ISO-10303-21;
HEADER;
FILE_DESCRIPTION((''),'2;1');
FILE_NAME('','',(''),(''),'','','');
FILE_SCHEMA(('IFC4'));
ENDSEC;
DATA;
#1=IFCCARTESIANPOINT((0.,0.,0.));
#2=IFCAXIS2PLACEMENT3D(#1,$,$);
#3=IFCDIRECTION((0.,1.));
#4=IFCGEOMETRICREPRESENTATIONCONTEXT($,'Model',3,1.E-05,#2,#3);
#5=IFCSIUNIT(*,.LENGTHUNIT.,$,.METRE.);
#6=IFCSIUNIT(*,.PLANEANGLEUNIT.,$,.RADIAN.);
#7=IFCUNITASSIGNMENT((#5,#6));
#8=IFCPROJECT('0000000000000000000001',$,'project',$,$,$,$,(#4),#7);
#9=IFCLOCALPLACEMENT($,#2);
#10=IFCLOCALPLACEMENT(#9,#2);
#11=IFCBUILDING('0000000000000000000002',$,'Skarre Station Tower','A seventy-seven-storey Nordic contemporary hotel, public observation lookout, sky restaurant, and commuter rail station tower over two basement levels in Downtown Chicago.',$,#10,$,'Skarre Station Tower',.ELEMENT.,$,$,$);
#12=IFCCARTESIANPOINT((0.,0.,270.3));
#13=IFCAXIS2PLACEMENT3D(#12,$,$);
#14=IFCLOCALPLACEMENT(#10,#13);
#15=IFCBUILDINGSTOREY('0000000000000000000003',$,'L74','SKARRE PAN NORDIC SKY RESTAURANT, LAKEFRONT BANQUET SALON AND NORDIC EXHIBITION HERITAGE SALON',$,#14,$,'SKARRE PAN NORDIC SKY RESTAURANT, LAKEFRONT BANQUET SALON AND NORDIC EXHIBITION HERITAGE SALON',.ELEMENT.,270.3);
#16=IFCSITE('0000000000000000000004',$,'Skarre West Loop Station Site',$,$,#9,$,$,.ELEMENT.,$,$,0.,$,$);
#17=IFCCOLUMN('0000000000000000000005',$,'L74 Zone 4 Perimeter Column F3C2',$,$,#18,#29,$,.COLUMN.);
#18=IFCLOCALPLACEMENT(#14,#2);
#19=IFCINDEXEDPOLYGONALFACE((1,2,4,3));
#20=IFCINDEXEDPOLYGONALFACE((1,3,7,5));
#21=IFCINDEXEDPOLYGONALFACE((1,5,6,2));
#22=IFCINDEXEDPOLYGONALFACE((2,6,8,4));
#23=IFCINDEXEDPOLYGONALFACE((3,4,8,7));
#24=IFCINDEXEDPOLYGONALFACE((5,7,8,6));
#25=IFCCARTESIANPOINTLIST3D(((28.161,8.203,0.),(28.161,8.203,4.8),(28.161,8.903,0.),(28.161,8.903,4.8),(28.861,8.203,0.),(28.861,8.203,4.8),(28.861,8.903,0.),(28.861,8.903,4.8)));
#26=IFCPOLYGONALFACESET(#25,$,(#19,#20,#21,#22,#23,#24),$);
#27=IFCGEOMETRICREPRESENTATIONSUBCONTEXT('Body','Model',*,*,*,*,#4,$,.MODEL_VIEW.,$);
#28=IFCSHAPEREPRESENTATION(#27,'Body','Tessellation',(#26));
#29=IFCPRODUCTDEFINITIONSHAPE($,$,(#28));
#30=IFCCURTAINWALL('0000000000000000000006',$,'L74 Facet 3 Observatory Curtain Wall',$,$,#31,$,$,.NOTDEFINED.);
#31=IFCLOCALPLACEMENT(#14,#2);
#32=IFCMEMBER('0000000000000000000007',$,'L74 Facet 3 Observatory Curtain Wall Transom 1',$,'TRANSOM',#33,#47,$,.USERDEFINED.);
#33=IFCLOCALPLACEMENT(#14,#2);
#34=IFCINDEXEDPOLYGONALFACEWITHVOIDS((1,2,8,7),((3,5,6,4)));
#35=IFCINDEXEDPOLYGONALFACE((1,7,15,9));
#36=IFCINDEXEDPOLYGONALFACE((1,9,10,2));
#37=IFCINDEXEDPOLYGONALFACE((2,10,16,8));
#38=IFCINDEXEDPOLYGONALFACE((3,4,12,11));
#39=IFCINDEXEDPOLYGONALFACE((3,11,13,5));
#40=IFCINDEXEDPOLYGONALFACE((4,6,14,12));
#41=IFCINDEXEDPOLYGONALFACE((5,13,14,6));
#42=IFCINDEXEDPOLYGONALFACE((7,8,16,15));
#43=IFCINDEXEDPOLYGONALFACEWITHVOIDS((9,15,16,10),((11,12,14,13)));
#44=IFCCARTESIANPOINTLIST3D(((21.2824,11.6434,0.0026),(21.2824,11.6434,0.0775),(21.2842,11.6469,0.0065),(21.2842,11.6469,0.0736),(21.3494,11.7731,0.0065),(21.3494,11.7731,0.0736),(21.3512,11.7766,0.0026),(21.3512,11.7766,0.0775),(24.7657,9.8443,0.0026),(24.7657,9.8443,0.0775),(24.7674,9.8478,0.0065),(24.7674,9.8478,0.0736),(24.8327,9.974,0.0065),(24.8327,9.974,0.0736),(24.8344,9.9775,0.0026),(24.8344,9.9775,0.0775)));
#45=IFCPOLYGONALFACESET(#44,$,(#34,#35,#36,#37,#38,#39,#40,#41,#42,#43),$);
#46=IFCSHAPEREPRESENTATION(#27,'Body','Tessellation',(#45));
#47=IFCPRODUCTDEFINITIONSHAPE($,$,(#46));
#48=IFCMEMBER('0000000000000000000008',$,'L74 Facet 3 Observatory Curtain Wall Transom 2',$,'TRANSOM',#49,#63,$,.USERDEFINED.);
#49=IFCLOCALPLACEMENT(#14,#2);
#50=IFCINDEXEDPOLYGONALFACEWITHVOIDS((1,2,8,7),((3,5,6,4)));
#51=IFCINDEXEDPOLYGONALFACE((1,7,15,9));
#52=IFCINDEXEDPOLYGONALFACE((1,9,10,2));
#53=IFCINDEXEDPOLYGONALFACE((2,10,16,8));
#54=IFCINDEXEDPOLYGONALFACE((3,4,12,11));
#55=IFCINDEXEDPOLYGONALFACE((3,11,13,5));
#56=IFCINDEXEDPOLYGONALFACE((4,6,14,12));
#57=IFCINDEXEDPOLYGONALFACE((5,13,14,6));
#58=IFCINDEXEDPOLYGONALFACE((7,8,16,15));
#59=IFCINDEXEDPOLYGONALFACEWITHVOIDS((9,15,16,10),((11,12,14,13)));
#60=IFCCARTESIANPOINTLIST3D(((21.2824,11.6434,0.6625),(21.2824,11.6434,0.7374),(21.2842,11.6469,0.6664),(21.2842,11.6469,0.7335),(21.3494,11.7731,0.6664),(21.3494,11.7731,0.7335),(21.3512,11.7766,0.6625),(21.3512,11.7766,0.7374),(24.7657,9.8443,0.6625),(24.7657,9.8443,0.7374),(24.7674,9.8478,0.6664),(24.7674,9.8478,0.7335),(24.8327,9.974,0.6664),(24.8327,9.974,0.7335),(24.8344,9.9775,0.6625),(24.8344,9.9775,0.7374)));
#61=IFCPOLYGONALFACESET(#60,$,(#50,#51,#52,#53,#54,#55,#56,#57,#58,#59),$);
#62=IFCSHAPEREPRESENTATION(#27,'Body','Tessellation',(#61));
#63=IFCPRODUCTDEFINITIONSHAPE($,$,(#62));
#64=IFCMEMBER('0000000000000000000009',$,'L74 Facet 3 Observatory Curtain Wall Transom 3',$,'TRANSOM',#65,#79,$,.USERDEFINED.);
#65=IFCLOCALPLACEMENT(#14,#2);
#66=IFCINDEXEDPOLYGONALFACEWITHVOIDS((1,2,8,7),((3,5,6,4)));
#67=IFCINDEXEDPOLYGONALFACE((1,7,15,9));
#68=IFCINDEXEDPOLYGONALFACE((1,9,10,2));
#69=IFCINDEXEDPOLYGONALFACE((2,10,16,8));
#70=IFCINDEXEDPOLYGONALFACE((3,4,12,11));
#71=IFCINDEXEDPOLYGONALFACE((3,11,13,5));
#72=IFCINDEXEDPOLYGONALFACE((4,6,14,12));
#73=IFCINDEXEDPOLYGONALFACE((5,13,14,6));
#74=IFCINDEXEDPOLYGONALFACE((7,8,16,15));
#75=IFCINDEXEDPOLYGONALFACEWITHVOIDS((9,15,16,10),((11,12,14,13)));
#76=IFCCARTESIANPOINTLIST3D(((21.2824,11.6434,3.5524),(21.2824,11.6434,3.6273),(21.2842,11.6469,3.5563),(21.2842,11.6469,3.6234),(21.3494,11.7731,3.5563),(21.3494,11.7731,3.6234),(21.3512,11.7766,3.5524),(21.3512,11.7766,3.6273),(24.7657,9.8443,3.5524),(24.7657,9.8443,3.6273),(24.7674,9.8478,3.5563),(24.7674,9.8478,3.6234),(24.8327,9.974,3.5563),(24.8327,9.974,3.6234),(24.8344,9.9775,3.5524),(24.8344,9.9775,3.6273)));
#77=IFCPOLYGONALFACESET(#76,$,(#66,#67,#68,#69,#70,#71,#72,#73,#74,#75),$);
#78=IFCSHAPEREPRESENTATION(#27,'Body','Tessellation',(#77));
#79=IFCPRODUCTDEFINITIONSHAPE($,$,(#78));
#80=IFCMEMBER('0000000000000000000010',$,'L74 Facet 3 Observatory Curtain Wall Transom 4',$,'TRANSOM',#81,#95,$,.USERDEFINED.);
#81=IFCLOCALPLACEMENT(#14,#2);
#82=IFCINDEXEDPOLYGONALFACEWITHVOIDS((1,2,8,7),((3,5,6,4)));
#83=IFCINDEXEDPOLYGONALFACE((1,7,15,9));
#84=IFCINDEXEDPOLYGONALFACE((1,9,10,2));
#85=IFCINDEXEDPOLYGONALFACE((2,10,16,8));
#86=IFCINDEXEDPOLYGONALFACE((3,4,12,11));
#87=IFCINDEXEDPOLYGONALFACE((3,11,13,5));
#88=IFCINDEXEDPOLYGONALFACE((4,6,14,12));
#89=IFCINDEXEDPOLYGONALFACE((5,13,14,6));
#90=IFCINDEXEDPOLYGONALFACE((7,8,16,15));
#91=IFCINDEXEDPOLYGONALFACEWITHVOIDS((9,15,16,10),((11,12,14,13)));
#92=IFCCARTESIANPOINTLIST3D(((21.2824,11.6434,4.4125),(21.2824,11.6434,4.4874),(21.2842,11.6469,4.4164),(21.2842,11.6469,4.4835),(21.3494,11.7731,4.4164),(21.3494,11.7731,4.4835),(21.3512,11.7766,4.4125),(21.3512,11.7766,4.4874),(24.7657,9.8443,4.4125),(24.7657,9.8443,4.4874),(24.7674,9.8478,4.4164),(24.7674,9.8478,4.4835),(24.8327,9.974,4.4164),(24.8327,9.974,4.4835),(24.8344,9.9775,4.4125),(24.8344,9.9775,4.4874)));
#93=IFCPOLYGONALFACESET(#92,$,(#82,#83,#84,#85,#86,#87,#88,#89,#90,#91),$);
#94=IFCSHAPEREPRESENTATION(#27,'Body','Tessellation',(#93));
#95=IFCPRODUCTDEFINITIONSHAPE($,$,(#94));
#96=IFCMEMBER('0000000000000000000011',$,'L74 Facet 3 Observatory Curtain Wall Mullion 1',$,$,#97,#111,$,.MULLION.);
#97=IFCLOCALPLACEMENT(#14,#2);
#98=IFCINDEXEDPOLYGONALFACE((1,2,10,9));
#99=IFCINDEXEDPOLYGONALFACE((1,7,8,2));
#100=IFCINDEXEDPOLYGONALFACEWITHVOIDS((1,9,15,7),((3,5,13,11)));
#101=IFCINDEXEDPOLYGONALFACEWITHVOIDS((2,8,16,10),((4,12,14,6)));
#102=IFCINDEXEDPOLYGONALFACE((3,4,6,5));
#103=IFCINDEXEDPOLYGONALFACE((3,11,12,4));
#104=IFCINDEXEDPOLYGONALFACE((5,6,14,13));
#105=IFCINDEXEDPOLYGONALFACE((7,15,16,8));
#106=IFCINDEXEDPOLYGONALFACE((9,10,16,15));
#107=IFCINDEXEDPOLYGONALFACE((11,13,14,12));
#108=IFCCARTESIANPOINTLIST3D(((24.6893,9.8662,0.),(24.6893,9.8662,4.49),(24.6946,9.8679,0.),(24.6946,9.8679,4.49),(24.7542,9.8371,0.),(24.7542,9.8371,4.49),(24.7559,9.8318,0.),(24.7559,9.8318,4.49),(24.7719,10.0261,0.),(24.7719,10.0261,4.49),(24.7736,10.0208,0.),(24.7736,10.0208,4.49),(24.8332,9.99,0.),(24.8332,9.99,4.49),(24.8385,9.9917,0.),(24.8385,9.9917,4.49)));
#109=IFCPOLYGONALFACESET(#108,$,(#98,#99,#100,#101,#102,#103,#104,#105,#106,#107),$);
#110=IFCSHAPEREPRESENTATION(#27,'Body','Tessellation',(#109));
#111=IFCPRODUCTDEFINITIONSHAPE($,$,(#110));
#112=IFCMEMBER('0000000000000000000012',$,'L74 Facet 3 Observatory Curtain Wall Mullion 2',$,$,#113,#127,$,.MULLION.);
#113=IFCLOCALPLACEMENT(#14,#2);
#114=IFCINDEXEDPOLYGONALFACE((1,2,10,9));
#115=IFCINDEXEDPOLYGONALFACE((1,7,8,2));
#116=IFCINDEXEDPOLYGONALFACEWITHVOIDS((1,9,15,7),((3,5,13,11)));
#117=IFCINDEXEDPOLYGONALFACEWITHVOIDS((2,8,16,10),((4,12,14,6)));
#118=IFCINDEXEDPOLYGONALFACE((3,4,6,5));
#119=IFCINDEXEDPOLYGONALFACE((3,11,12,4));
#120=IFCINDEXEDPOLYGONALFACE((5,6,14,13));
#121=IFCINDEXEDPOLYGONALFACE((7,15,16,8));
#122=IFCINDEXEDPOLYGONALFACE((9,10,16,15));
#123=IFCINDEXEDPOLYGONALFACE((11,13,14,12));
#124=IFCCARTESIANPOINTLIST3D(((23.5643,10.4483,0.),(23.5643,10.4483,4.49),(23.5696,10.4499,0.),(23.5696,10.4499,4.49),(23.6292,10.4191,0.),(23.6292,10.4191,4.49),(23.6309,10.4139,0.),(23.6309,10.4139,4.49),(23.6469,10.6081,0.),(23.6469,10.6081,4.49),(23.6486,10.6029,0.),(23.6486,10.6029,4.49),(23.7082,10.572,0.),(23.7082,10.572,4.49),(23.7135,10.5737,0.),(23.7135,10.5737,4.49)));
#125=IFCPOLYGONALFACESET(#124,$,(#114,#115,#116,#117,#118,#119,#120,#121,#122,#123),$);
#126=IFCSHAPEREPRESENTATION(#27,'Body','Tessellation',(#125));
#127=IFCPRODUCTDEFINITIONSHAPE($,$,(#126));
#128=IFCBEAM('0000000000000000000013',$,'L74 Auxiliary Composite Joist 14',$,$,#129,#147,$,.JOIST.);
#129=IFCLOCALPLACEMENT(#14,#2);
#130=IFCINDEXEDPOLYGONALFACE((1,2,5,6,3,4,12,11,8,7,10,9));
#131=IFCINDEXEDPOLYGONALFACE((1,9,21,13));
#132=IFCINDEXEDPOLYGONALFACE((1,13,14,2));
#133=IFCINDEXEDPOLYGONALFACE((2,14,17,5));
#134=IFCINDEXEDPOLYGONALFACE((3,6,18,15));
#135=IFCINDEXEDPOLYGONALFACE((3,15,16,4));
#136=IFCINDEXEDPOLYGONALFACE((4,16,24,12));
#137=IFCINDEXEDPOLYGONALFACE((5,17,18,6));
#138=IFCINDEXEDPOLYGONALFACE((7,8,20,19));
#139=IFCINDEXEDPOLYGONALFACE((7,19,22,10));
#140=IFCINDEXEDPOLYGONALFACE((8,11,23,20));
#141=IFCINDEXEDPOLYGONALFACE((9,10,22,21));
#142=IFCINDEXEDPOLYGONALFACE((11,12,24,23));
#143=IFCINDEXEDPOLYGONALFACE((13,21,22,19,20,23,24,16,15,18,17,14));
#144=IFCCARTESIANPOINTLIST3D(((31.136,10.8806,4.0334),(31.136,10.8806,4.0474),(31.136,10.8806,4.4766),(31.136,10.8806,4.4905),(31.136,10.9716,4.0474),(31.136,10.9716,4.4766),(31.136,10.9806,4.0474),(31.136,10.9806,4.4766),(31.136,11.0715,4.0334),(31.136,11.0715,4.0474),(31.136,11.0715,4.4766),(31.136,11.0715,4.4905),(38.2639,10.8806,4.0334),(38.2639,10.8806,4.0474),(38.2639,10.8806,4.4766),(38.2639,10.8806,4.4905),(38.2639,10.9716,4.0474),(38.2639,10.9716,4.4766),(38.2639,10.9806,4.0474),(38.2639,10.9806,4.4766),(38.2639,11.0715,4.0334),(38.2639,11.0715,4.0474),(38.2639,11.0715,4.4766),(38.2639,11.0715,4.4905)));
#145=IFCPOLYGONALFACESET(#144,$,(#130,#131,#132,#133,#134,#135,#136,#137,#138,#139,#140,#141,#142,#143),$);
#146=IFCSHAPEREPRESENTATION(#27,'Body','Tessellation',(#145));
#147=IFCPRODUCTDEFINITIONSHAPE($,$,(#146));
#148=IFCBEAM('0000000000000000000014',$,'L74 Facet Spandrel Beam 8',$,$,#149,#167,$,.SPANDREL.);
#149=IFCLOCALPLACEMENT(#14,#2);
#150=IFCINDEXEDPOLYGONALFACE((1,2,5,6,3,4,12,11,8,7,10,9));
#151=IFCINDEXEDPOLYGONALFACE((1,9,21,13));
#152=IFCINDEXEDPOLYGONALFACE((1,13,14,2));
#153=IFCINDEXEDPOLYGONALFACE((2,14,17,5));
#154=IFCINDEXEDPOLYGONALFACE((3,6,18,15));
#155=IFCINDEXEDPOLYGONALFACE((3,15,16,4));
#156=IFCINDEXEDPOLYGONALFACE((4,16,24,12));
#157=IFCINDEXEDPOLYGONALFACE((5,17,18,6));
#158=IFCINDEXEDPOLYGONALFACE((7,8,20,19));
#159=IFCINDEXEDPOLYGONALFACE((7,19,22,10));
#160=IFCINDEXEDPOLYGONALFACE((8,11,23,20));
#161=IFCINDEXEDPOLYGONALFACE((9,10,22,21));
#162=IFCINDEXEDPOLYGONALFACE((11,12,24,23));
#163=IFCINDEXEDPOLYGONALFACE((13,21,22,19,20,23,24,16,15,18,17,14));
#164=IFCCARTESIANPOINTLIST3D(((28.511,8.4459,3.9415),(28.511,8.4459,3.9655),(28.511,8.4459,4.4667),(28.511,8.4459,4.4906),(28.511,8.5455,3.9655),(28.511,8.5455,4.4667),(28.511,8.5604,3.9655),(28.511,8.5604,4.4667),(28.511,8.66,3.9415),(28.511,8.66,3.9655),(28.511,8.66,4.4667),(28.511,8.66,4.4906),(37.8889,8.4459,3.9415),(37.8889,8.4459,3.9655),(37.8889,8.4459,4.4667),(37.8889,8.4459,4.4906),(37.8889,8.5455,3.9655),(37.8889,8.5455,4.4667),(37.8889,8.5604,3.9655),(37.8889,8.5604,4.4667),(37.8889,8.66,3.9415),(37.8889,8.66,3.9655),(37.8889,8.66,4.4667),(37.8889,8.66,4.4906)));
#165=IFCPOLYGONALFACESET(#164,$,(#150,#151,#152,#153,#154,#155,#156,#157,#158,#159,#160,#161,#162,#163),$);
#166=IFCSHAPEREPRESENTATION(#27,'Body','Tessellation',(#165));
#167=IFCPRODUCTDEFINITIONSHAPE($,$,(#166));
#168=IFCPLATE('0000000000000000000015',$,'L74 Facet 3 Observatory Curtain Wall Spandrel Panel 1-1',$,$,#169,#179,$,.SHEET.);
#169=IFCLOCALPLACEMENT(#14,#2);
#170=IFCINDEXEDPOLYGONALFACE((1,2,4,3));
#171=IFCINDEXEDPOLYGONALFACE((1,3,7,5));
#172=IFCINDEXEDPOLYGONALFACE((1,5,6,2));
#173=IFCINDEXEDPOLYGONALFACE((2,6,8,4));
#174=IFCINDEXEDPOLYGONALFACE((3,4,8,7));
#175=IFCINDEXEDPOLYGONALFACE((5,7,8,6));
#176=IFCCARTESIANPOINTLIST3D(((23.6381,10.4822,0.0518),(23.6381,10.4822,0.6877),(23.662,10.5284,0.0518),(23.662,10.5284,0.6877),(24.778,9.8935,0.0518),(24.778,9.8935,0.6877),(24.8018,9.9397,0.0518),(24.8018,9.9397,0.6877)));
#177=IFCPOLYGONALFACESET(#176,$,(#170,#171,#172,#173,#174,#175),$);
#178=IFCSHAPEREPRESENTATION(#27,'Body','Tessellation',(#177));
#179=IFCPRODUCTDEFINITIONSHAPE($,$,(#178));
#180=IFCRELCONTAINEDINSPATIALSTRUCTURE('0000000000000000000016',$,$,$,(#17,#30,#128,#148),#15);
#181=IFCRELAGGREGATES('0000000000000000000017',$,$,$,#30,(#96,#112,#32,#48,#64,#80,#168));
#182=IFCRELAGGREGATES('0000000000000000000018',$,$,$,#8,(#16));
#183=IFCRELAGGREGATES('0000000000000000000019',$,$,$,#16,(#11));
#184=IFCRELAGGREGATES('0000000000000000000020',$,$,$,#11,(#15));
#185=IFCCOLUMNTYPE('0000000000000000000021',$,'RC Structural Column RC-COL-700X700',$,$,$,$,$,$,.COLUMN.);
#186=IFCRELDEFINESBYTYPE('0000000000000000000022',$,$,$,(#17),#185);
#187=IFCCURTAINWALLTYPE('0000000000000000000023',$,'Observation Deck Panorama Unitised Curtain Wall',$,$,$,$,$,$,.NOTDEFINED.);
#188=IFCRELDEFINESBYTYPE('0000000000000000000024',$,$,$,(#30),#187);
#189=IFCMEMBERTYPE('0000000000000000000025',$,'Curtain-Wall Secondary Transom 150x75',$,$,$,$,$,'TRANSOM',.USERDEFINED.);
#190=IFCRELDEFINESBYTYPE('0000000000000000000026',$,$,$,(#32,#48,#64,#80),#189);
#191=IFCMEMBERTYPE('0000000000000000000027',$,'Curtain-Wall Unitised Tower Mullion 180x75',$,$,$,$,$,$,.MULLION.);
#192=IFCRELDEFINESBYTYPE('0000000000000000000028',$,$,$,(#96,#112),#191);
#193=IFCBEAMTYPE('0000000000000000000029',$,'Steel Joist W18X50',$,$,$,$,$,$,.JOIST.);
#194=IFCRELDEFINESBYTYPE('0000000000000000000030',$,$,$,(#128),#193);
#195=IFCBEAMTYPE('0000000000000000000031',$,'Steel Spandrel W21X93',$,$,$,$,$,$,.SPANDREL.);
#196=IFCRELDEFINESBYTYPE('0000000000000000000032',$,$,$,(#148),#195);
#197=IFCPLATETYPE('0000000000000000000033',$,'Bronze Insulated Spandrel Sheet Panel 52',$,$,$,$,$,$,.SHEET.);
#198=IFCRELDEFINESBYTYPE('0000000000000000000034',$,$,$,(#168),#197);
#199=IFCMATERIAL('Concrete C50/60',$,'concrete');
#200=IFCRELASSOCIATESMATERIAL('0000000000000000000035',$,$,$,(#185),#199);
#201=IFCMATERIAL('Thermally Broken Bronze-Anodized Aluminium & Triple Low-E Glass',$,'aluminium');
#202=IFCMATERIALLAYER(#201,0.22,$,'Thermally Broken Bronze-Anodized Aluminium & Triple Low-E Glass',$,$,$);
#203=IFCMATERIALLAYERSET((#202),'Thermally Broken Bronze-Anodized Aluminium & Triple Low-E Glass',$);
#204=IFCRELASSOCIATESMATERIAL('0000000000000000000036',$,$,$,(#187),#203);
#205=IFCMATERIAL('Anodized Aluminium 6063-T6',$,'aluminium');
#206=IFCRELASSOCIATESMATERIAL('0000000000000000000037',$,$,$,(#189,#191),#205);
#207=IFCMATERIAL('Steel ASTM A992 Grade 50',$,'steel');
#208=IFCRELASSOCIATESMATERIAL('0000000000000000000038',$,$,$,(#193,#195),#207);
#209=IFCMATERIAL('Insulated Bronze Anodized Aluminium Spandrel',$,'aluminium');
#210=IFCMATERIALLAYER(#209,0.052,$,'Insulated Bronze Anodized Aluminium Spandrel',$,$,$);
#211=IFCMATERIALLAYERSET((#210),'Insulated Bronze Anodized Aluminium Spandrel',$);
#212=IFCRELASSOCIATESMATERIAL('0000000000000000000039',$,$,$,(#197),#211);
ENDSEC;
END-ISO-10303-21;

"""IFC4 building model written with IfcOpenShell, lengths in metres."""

from ifc_helpers import new_model, si_unit, direction, frame, origin, origin_2d, place, context, subcontext, project, spatial, rectangle, hollow_rectangle, i_section, extrude, material, layer, layer_set, material_profile, profile_set, type_object, element, aggregate, save


model = new_model("IFC4")

# Units and contexts
model_context = context("Model", 3, precision=1e-05, world=origin(), true_north=direction((0.0, 1.0)))
body_context = subcontext(model_context, "Body", "Model", "MODEL_VIEW")
ifc_project = project(units=[si_unit("LENGTHUNIT", "METRE"), si_unit("PLANEANGLEUNIT", "RADIAN")], contexts=[model_context])

# Site, building, storey
site_placement = place(None, origin())
site = spatial("IfcSite", under=ifc_project, at=site_placement, Name="Skarre West Loop Station Site", CompositionType="ELEMENT", RefElevation=0.0)
building_placement = place(site_placement, origin())
building = spatial("IfcBuilding", under=site, at=building_placement, Name="Skarre Station Tower", Description="A seventy-seven-storey Nordic contemporary hotel, public observation lookout, sky restaurant, and commuter rail station tower over two basement levels in Downtown Chicago.", LongName="Skarre Station Tower", CompositionType="ELEMENT")
storey_placement = place(building_placement, frame((0.0, 0.0, 270.3)))
storey = spatial("IfcBuildingStorey", under=building, at=storey_placement, Name="L74", Description="SKARRE PAN NORDIC SKY RESTAURANT, LAKEFRONT BANQUET SALON AND NORDIC EXHIBITION HERITAGE SALON", LongName="SKARRE PAN NORDIC SKY RESTAURANT, LAKEFRONT BANQUET SALON AND NORDIC EXHIBITION HERITAGE SALON", CompositionType="ELEMENT", Elevation=270.3)

# Column
ifc_material_1 = material(Name="Concrete C50/60", Category="concrete")
ifc_material_profile_1 = material_profile(ifc_material_1, rectangle(XDim=0.7, YDim=0.7, at=origin_2d()), Name="Concrete C50/60")
ifc_profile_set_1 = profile_set([ifc_material_profile_1], Name="Concrete C50/60")
column_type = type_object("IfcColumnType", Name="RC Structural Column RC-COL-700X700", PredefinedType="COLUMN", material=ifc_profile_set_1)
column_placement = place(storey_placement, frame((28.511, 8.553, 0.0), z_axis=(0.0, 0.0, 1.0), x_axis=(1.0, 0.0, 0.0)))
element("IfcColumn", 1, at=column_placement, inside=storey, type_object=column_type, Name="L74 Zone 4 Perimeter Column F3C2", PredefinedType="COLUMN", context=body_context, shape_type="SweptSolid", body=[
    extrude(rectangle(XDim=0.7, YDim=0.7, at=origin_2d()), origin(), (0.0, 0.0, 1.0), 4.8),
])

# Curtain wall, members
ifc_material_2 = material(Name="Thermally Broken Bronze-Anodized Aluminium & Triple Low-E Glass", Category="aluminium")
ifc_layer_1 = layer(ifc_material_2, 0.22, Name="Thermally Broken Bronze-Anodized Aluminium & Triple Low-E Glass")
ifc_layer_set_1 = layer_set([ifc_layer_1], Name="Thermally Broken Bronze-Anodized Aluminium & Triple Low-E Glass")
curtain_wall_type = type_object("IfcCurtainWallType", Name="Observation Deck Panorama Unitised Curtain Wall", PredefinedType="NOTDEFINED", material=ifc_layer_set_1)
curtain_wall_placement = place(storey_placement, origin())
curtain_wall = element("IfcCurtainWall", 2, at=curtain_wall_placement, inside=storey, type_object=curtain_wall_type, Name="L74 Facet 3 Observatory Curtain Wall", PredefinedType="NOTDEFINED")
ifc_material_3 = material(Name="Anodized Aluminium 6063-T6", Category="aluminium")
ifc_material_profile_2 = material_profile(ifc_material_3, hollow_rectangle(XDim=0.075, YDim=0.1499, WallThickness=0.0039, at=origin_2d()), Name="Anodized Aluminium 6063-T6")
ifc_profile_set_2 = profile_set([ifc_material_profile_2], Name="Anodized Aluminium 6063-T6")
member_type_1 = type_object("IfcMemberType", Name="Curtain-Wall Secondary Transom 150x75", ElementType="TRANSOM", PredefinedType="USERDEFINED", material=ifc_profile_set_2)
member_1_placement = place(storey_placement, frame((24.8, 9.9109, 0.04), z_axis=(-0.888484, 0.458908, 0.0), x_axis=(0.0, 0.0, 1.0)))
member_1 = element("IfcMember", 3, at=member_1_placement, type_object=member_type_1, Name="L74 Facet 3 Observatory Curtain Wall Transom 1", ObjectType="TRANSOM", PredefinedType="USERDEFINED", context=body_context, shape_type="SweptSolid", body=[
    extrude(hollow_rectangle(XDim=0.075, YDim=0.1499, WallThickness=0.0039, at=origin_2d()), origin(), (0.0, 0.0, 1.0), 3.9204),
])
member_2_placement = place(storey_placement, frame((24.8, 9.9109, 0.7), z_axis=(-0.888484, 0.458908, 0.0), x_axis=(0.0, 0.0, 1.0)))
member_2 = element("IfcMember", 4, at=member_2_placement, type_object=member_type_1, Name="L74 Facet 3 Observatory Curtain Wall Transom 2", ObjectType="TRANSOM", PredefinedType="USERDEFINED", context=body_context, shape_type="SweptSolid", body=[
    extrude(hollow_rectangle(XDim=0.075, YDim=0.1499, WallThickness=0.0039, at=origin_2d()), origin(), (0.0, 0.0, 1.0), 3.9204),
])
member_3_placement = place(storey_placement, frame((24.8, 9.9109, 3.5898), z_axis=(-0.888484, 0.458908, 0.0), x_axis=(0.0, 0.0, 1.0)))
member_3 = element("IfcMember", 5, at=member_3_placement, type_object=member_type_1, Name="L74 Facet 3 Observatory Curtain Wall Transom 3", ObjectType="TRANSOM", PredefinedType="USERDEFINED", context=body_context, shape_type="SweptSolid", body=[
    extrude(hollow_rectangle(XDim=0.075, YDim=0.1499, WallThickness=0.0039, at=origin_2d()), origin(), (0.0, 0.0, 1.0), 3.9204),
])
member_4_placement = place(storey_placement, frame((24.8, 9.9109, 4.45), z_axis=(-0.888484, 0.458908, 0.0), x_axis=(0.0, 0.0, 1.0)))
member_4 = element("IfcMember", 6, at=member_4_placement, type_object=member_type_1, Name="L74 Facet 3 Observatory Curtain Wall Transom 4", ObjectType="TRANSOM", PredefinedType="USERDEFINED", context=body_context, shape_type="SweptSolid", body=[
    extrude(hollow_rectangle(XDim=0.075, YDim=0.1499, WallThickness=0.0039, at=origin_2d()), origin(), (0.0, 0.0, 1.0), 3.9204),
])
ifc_material_profile_3 = material_profile(ifc_material_3, hollow_rectangle(XDim=0.075, YDim=0.1799, WallThickness=0.0039, at=origin_2d()), Name="Anodized Aluminium 6063-T6")
ifc_profile_set_3 = profile_set([ifc_material_profile_3], Name="Anodized Aluminium 6063-T6")
member_type_2 = type_object("IfcMemberType", Name="Curtain-Wall Unitised Tower Mullion 180x75", PredefinedType="MULLION", material=ifc_profile_set_3)
member_5_placement = place(storey_placement, frame((24.7639, 9.929, 0.0), z_axis=(0.0, 0.0, 1.0), x_axis=(-0.888481, 0.458913, 0.0)))
member_5 = element("IfcMember", 7, at=member_5_placement, type_object=member_type_2, Name="L74 Facet 3 Observatory Curtain Wall Mullion 1", PredefinedType="MULLION", context=body_context, shape_type="SweptSolid", body=[
    extrude(hollow_rectangle(XDim=0.075, YDim=0.1799, WallThickness=0.0039, at=origin_2d()), origin(), (0.0, 0.0, 1.0), 4.49),
])
member_6_placement = place(storey_placement, frame((23.6389, 10.511, 0.0), z_axis=(0.0, 0.0, 1.0), x_axis=(-0.888481, 0.458913, 0.0)))
member_6 = element("IfcMember", 8, at=member_6_placement, type_object=member_type_2, Name="L74 Facet 3 Observatory Curtain Wall Mullion 2", PredefinedType="MULLION", context=body_context, shape_type="SweptSolid", body=[
    extrude(hollow_rectangle(XDim=0.075, YDim=0.1799, WallThickness=0.0039, at=origin_2d()), origin(), (0.0, 0.0, 1.0), 4.49),
])

# Beams
ifc_material_4 = material(Name="Steel ASTM A992 Grade 50", Category="steel")
ifc_material_profile_4 = material_profile(ifc_material_4, i_section(OverallWidth=0.1909, OverallDepth=0.457, WebThickness=0.009, FlangeThickness=0.0139, at=origin_2d()), Name="Steel ASTM A992 Grade 50")
ifc_profile_set_4 = profile_set([ifc_material_profile_4], Name="Steel ASTM A992 Grade 50")
beam_type_1 = type_object("IfcBeamType", Name="Steel Joist W18X50", PredefinedType="JOIST", material=ifc_profile_set_4)
beam_1_placement = place(storey_placement, frame((31.136, 10.9761, 4.262), z_axis=(1.0, 0.0, 0.0), x_axis=(0.0, 1.0, 0.0)))
element("IfcBeam", 9, at=beam_1_placement, inside=storey, type_object=beam_type_1, Name="L74 Auxiliary Composite Joist 14", PredefinedType="JOIST", context=body_context, shape_type="SweptSolid", body=[
    extrude(i_section(OverallWidth=0.1909, OverallDepth=0.457, WebThickness=0.009, FlangeThickness=0.0139, at=origin_2d()), origin(), (0.0, 0.0, 1.0), 7.1279),
])
ifc_material_profile_5 = material_profile(ifc_material_4, i_section(OverallWidth=0.2141, OverallDepth=0.5491, WebThickness=0.0149, FlangeThickness=0.0239, at=origin_2d()), Name="Steel ASTM A992 Grade 50")
ifc_profile_set_5 = profile_set([ifc_material_profile_5], Name="Steel ASTM A992 Grade 50")
beam_type_2 = type_object("IfcBeamType", Name="Steel Spandrel W21X93", PredefinedType="SPANDREL", material=ifc_profile_set_5)
beam_2_placement = place(storey_placement, frame((28.511, 8.553, 4.2161), z_axis=(1.0, 0.0, 0.0), x_axis=(0.0, 1.0, 0.0)))
element("IfcBeam", 10, at=beam_2_placement, inside=storey, type_object=beam_type_2, Name="L74 Facet Spandrel Beam 8", PredefinedType="SPANDREL", context=body_context, shape_type="SweptSolid", body=[
    extrude(i_section(OverallWidth=0.2141, OverallDepth=0.5491, WebThickness=0.0149, FlangeThickness=0.0239, at=origin_2d()), origin(), (0.0, 0.0, 1.0), 9.3779),
])

# Plate
ifc_material_5 = material(Name="Insulated Bronze Anodized Aluminium Spandrel", Category="aluminium")
ifc_layer_2 = layer(ifc_material_5, 0.052, Name="Insulated Bronze Anodized Aluminium Spandrel")
ifc_layer_set_2 = layer_set([ifc_layer_2], Name="Insulated Bronze Anodized Aluminium Spandrel")
plate_type_1 = type_object("IfcPlateType", Name="Bronze Insulated Spandrel Sheet Panel 52", PredefinedType="SHEET", material=ifc_layer_set_2)
plate_1_placement = place(storey_placement, frame((24.22, 10.2109, 0.0518), z_axis=(0.0, 0.0, 1.0), x_axis=(-0.888481, 0.458913, 0.0)))
plate_1 = element("IfcPlate", 11, at=plate_1_placement, type_object=plate_type_1, Name="L74 Facet 3 Observatory Curtain Wall Spandrel Panel 1-1", PredefinedType="SHEET", context=body_context, shape_type="SweptSolid", body=[
    extrude(rectangle(XDim=1.283, YDim=0.052, at=origin_2d()), origin(), (0.0, 0.0, 1.0), 0.636),
])
aggregate(curtain_wall, [member_5, member_6, member_1, member_2, member_3, member_4, plate_1])

save(model, "model.ifc")
